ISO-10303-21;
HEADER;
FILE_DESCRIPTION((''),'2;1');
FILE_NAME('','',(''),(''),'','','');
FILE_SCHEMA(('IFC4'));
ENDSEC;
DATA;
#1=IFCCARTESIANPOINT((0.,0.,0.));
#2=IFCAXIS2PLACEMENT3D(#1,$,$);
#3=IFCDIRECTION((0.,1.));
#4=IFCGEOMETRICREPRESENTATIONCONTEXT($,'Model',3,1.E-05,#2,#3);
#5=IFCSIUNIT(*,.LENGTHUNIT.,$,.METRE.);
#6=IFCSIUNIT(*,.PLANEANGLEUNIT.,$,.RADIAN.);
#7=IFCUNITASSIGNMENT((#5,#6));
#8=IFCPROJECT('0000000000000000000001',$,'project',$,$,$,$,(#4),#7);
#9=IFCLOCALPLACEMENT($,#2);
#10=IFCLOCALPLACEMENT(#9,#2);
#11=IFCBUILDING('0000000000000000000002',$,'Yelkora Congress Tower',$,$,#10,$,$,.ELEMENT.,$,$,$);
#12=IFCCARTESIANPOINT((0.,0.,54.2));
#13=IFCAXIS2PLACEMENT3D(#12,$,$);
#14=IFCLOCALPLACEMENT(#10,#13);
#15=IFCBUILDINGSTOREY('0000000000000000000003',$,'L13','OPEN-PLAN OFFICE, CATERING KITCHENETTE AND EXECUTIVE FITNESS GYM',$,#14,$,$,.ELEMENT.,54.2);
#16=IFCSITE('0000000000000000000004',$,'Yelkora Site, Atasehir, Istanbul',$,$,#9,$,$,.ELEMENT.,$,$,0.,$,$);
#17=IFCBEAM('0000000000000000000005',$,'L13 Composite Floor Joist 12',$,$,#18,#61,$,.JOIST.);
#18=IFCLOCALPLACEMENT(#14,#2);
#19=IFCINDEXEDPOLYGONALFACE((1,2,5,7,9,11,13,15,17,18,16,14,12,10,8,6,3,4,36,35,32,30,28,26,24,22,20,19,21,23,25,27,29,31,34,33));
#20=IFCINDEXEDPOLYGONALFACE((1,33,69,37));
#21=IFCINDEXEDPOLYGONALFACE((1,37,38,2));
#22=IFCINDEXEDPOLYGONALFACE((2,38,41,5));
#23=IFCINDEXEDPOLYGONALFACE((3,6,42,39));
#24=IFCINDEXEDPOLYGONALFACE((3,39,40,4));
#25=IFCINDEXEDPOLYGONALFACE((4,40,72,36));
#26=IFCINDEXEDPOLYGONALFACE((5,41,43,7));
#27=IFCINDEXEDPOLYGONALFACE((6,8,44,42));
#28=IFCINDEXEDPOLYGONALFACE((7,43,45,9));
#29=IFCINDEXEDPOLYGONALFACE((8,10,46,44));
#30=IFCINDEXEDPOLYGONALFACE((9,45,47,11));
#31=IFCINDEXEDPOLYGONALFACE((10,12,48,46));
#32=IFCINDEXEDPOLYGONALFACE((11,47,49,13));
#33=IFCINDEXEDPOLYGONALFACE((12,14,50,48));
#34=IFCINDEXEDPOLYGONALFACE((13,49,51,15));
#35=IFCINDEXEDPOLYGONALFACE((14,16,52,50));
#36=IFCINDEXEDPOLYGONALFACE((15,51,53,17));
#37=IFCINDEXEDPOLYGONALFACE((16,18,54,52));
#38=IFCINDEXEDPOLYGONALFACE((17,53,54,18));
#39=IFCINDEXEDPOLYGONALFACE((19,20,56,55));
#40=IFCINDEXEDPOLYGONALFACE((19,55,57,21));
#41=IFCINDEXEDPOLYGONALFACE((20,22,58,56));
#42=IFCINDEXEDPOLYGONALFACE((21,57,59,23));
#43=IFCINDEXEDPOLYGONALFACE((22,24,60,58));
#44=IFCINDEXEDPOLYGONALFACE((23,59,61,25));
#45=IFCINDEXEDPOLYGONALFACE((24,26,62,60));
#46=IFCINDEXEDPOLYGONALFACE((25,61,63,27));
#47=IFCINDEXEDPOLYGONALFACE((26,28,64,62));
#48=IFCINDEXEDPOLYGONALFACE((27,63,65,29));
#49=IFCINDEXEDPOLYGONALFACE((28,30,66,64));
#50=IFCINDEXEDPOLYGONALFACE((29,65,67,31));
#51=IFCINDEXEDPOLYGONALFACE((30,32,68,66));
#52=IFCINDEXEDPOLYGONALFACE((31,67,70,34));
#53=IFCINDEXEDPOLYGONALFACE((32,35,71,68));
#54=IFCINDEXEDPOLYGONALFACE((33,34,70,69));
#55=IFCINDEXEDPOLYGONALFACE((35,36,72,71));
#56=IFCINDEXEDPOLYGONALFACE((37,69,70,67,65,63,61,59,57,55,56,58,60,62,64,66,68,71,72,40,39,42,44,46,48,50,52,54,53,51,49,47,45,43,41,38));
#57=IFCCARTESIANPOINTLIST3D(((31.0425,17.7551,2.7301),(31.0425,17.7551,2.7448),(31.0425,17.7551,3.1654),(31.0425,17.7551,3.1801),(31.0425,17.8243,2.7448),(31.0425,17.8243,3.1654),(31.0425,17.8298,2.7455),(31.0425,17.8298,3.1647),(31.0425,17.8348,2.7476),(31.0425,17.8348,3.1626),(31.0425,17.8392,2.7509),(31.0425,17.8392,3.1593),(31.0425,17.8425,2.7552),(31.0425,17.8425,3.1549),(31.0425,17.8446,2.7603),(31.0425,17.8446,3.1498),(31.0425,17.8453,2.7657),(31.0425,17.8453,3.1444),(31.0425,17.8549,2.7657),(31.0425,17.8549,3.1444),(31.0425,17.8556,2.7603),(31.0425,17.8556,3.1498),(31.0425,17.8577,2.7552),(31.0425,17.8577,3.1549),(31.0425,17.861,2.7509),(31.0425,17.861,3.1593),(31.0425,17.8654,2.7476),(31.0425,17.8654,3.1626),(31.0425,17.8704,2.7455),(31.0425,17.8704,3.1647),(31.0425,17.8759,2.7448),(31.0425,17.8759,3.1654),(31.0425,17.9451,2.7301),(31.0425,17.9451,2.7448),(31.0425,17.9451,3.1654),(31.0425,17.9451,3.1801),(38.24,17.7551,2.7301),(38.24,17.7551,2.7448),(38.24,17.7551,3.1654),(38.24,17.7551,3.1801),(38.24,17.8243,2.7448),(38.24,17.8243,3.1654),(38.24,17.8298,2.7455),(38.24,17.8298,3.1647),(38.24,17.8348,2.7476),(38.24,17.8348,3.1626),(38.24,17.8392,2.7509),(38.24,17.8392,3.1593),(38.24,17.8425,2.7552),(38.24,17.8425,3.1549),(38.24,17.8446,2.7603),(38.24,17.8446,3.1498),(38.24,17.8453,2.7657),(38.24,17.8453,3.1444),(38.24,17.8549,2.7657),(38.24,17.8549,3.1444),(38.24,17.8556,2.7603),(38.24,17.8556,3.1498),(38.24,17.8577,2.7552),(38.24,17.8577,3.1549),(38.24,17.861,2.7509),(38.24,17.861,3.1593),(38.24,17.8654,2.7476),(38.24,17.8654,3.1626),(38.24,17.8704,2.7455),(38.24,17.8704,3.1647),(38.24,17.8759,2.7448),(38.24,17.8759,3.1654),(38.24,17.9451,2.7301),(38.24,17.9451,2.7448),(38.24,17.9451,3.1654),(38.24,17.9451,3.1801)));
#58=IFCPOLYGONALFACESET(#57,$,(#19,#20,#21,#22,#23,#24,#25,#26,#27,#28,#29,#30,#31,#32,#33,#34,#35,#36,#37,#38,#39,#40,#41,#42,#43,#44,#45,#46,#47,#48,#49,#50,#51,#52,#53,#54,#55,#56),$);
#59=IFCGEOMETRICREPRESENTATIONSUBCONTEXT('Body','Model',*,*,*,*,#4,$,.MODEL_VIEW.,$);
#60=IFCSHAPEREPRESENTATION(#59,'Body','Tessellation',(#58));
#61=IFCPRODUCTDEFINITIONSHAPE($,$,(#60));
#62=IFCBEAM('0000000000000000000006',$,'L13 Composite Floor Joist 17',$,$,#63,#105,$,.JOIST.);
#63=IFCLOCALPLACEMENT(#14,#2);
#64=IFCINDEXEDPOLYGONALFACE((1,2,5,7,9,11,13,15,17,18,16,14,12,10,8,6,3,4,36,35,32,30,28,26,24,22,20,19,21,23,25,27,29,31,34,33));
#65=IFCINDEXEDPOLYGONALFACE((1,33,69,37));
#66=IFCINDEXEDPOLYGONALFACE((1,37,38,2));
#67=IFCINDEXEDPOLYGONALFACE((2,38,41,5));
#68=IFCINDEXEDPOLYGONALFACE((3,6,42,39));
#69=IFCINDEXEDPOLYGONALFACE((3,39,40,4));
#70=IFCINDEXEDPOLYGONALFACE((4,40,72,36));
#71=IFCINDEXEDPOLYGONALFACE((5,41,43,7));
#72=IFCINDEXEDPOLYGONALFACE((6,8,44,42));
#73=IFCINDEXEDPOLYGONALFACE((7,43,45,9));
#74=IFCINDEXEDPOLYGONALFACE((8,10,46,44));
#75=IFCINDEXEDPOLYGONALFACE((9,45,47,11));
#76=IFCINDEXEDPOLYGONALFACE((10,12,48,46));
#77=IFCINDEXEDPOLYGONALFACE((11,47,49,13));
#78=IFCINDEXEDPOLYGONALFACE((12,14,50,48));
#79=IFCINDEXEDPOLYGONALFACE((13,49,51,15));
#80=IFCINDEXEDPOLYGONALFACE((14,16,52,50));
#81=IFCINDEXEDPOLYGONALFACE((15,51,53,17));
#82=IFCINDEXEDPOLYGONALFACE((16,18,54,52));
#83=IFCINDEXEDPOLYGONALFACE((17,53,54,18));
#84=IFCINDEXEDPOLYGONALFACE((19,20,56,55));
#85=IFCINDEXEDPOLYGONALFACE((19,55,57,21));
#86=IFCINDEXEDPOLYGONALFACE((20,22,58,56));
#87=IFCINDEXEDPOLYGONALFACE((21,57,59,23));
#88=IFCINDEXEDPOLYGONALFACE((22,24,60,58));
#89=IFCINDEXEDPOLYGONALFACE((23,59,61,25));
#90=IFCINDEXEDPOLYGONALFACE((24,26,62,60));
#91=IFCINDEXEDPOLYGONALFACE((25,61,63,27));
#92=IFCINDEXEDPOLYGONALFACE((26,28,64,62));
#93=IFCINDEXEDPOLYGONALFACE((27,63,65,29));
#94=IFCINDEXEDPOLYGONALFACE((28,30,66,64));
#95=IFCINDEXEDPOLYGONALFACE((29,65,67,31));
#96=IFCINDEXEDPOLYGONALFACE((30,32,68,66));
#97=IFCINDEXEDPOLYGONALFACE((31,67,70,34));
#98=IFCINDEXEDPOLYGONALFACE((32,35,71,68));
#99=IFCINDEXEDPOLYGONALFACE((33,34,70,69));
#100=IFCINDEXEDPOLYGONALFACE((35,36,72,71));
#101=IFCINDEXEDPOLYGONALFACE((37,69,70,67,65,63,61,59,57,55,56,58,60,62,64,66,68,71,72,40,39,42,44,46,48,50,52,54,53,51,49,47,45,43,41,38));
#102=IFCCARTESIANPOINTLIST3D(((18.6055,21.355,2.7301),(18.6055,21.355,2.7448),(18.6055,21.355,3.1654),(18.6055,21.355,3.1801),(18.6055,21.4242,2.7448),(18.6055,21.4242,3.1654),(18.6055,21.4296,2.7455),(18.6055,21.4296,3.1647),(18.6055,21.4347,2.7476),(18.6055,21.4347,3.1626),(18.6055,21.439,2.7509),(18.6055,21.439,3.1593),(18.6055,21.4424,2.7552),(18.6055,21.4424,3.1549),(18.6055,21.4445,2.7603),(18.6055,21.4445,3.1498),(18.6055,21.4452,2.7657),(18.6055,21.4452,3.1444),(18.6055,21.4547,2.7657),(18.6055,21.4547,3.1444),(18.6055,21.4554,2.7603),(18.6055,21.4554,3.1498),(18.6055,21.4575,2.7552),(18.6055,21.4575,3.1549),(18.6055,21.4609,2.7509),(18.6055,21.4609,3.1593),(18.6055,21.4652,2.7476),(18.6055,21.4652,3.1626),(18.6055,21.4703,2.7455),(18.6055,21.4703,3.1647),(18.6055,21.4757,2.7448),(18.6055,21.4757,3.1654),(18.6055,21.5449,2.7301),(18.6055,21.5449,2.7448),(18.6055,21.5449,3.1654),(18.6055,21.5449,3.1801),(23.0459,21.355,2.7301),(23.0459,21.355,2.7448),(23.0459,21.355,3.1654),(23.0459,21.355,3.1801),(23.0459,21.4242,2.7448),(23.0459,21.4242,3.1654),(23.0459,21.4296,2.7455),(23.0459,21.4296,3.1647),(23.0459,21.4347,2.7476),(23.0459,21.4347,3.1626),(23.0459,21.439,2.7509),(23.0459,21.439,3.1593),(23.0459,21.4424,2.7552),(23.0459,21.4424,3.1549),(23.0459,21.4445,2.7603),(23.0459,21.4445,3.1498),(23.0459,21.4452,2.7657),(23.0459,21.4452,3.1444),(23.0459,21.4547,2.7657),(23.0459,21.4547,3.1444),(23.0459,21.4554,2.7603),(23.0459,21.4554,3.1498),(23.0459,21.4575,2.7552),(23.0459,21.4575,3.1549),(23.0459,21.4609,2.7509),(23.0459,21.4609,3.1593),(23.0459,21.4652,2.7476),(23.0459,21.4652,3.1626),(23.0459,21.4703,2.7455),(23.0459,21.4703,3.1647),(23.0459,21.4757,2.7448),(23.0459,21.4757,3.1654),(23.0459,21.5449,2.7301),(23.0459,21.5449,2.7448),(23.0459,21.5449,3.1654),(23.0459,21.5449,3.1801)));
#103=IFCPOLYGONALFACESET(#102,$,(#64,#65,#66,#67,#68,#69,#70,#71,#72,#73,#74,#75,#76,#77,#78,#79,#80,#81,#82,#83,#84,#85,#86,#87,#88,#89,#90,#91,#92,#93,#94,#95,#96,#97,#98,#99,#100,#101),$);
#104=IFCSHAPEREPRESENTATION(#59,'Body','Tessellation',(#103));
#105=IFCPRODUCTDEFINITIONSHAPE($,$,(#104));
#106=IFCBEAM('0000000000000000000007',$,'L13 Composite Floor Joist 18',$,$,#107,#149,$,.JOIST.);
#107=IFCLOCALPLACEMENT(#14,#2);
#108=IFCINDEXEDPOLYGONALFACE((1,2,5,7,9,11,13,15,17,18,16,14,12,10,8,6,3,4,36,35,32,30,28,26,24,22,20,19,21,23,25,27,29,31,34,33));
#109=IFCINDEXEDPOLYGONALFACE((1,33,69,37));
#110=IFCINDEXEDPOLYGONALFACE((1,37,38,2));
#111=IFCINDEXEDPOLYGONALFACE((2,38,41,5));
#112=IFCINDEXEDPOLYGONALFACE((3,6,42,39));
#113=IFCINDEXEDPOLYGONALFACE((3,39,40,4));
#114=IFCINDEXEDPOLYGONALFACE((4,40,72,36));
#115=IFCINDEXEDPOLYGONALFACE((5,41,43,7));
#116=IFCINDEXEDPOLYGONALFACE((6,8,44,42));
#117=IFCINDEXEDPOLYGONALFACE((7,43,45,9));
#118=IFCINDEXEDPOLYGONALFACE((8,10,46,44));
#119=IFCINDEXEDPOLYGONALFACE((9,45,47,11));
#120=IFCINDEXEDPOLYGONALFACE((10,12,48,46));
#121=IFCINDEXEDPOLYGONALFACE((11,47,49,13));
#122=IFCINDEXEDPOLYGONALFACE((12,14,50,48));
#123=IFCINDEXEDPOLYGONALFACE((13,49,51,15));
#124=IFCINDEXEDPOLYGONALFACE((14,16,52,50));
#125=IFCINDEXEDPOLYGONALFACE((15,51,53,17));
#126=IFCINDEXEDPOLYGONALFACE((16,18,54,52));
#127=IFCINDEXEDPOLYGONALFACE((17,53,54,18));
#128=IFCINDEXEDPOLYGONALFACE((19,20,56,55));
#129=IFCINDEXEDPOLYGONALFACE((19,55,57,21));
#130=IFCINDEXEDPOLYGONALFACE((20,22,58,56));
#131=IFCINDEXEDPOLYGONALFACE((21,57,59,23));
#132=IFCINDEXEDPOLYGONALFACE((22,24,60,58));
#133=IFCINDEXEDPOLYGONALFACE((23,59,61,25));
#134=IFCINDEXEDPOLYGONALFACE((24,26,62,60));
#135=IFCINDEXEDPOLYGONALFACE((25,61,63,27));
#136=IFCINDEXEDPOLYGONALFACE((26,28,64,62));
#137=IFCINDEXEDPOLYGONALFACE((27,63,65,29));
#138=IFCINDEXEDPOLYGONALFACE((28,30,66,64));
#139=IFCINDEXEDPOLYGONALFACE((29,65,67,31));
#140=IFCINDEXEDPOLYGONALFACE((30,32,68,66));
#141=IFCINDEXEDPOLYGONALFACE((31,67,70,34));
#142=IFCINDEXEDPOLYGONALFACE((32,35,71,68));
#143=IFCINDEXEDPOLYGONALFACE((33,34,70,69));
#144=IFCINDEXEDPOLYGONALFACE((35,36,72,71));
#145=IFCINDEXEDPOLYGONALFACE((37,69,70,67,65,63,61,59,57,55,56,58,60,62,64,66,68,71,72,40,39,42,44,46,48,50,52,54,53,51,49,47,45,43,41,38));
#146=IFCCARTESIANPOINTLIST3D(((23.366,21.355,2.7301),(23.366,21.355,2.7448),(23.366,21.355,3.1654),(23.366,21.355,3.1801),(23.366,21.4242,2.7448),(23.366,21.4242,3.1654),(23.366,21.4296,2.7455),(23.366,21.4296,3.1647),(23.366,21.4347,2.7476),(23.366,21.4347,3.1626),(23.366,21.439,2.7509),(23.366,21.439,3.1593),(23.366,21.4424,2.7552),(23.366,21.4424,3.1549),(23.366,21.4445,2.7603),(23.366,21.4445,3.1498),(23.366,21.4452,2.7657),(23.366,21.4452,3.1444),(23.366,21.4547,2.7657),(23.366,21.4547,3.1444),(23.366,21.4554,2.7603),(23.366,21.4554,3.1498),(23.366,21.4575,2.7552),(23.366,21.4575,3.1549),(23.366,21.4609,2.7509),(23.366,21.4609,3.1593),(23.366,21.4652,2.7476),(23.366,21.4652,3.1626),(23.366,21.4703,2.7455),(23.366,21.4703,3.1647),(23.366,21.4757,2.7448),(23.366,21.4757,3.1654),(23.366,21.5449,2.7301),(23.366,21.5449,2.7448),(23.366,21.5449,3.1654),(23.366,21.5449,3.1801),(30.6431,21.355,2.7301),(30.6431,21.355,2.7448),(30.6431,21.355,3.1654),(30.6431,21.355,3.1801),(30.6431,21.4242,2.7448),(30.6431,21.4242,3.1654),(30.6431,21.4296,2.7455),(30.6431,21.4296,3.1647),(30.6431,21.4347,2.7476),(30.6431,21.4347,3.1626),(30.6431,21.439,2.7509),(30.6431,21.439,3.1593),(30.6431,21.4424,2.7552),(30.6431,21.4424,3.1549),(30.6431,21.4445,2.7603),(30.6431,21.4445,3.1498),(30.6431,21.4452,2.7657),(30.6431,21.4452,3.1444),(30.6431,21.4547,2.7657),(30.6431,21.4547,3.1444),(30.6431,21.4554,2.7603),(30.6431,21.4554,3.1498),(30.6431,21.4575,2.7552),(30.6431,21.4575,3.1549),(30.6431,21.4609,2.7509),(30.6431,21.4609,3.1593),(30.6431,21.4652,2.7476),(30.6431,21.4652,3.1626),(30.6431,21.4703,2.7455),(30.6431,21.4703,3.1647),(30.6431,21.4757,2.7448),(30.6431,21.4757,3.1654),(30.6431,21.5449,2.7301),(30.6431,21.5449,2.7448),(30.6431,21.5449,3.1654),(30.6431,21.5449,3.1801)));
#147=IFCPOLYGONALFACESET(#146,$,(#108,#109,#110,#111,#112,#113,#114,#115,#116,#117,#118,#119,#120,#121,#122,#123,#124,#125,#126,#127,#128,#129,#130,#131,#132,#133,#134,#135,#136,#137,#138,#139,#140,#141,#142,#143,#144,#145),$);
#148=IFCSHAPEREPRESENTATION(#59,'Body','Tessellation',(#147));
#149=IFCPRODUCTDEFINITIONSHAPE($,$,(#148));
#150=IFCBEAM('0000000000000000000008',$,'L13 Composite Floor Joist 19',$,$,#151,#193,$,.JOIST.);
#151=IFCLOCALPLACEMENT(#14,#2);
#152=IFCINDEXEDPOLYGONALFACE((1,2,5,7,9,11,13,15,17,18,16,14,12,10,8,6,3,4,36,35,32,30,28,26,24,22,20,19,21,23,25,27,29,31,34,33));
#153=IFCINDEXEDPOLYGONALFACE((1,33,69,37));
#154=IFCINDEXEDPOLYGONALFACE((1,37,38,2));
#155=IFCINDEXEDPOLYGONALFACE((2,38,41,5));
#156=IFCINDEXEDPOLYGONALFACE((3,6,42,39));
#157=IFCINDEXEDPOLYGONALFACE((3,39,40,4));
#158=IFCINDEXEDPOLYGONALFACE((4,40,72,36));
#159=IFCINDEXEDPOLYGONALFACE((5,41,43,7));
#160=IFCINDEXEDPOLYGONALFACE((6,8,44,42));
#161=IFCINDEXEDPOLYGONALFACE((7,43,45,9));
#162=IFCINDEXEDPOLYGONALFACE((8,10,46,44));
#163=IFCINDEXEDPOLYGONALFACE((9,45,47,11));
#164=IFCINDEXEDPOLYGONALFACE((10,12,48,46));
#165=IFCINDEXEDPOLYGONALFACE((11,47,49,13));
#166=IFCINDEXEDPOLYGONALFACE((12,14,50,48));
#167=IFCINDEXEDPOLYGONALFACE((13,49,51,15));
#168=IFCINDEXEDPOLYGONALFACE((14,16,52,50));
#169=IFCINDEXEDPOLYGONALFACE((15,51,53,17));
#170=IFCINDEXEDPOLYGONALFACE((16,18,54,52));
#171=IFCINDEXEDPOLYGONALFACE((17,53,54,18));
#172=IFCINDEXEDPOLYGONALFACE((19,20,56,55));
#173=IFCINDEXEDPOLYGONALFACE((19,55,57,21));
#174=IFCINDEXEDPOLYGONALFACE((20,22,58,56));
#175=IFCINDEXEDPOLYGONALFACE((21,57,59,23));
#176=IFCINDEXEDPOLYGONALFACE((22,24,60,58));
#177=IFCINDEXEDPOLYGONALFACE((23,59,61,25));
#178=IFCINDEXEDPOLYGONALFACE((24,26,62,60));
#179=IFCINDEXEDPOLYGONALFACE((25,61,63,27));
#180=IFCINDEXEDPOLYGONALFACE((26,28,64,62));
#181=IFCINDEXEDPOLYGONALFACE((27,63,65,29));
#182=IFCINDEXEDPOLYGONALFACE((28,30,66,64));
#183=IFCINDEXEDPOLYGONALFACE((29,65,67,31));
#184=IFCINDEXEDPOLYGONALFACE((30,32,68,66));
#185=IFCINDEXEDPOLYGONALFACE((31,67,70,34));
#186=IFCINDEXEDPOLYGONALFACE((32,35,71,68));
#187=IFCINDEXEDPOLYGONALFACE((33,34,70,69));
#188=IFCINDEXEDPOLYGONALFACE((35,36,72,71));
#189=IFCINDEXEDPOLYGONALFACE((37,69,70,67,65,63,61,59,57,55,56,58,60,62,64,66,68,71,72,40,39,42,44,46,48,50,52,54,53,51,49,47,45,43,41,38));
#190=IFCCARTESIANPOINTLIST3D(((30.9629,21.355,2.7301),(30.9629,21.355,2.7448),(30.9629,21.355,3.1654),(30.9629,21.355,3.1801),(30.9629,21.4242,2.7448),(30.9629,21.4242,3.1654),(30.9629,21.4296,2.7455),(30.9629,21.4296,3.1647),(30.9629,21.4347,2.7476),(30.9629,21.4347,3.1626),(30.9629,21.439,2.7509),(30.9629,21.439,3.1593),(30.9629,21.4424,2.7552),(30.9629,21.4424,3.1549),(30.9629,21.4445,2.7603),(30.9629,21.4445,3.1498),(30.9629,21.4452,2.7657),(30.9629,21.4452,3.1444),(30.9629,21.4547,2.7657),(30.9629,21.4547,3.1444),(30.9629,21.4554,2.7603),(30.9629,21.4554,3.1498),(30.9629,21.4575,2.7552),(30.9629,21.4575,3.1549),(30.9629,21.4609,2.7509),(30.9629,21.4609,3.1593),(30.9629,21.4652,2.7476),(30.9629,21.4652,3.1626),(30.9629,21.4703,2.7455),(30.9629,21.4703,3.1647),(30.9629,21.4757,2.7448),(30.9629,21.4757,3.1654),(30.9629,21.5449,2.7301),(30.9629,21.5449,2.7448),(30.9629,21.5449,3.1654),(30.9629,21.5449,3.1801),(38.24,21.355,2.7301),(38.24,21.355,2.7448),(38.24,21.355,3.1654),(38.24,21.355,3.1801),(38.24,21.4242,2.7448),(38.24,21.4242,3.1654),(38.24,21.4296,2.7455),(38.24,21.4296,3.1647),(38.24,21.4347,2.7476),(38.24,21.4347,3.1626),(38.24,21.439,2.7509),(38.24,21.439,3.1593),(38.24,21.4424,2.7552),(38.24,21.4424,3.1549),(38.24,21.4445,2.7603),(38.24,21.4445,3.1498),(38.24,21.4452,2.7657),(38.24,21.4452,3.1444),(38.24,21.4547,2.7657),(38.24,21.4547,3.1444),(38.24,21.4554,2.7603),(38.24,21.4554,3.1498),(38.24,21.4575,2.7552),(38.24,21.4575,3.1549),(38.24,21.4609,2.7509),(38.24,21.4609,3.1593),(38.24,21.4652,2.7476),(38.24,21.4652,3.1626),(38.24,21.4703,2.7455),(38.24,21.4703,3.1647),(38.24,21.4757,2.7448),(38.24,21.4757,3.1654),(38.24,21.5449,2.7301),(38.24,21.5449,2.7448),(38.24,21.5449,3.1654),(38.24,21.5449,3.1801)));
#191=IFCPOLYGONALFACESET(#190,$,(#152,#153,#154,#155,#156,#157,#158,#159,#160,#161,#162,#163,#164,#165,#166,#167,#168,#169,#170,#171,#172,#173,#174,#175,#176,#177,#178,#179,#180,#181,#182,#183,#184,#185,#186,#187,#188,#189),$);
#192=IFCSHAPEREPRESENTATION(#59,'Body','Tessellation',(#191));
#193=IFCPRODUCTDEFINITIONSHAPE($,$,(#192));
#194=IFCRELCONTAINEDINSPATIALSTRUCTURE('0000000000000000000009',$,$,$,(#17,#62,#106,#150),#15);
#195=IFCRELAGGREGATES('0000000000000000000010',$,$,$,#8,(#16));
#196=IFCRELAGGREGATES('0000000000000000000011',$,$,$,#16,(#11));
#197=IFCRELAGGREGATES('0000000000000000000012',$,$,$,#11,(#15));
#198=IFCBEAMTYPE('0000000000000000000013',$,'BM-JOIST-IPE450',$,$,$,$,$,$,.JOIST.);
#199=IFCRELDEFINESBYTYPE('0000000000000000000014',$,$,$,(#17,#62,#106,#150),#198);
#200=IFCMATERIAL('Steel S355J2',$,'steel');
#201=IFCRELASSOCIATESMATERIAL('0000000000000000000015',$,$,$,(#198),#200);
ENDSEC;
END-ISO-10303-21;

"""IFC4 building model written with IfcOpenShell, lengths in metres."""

from ifc_helpers import new_model, si_unit, direction, frame, origin, origin_2d, place, context, subcontext, project, spatial, i_section, extrude, material, material_profile, profile_set, type_object, element, save


model = new_model("IFC4")

# Units and contexts
model_context = context("Model", 3, precision=1e-05, world=origin(), true_north=direction((0.0, 1.0)))
body_context = subcontext(model_context, "Body", "Model", "MODEL_VIEW")
ifc_project = project(units=[si_unit("LENGTHUNIT", "METRE"), si_unit("PLANEANGLEUNIT", "RADIAN")], contexts=[model_context])

# Site, building, storey
site_placement = place(None, origin())
site = spatial("IfcSite", under=ifc_project, at=site_placement, Name="Yelkora Site, Atasehir, Istanbul", CompositionType="ELEMENT", RefElevation=0.0)
building_placement = place(site_placement, origin())
building = spatial("IfcBuilding", under=site, at=building_placement, Name="Yelkora Congress Tower", CompositionType="ELEMENT")
storey_placement = place(building_placement, frame((0.0, 0.0, 54.2)))
storey = spatial("IfcBuildingStorey", under=building, at=storey_placement, Name="L13", Description="OPEN-PLAN OFFICE, CATERING KITCHENETTE AND EXECUTIVE FITNESS GYM", CompositionType="ELEMENT", Elevation=54.2)

# Beams
ifc_material_1 = material(Name="Steel S355J2", Category="steel")
ifc_material_profile_1 = material_profile(ifc_material_1, i_section(OverallWidth=0.1899, OverallDepth=0.45, WebThickness=0.0095, FlangeThickness=0.0146, FilletRadius=0.021, at=origin_2d()), Name="IPE 450")
ifc_profile_set_1 = profile_set([ifc_material_profile_1], Name="Steel S355J2")
beam_type_1 = type_object("IfcBeamType", Name="BM-JOIST-IPE450", PredefinedType="JOIST", material=ifc_profile_set_1)
for number, where, z_axis, x_axis, name in (
    (1, (31.0425, 17.8501, 2.9551), (1.0, 0.0, 0.0), (0.0, 1.0, 0.0), "L13 Composite Floor Joist 12"),
):
    element("IfcBeam", number, at=place(storey_placement, frame(where, z_axis=z_axis, x_axis=x_axis)), inside=storey, type_object=beam_type_1, Name=name, PredefinedType="JOIST", context=body_context, shape_type="SweptSolid", body=[
        extrude(i_section(OverallWidth=0.1899, OverallDepth=0.45, WebThickness=0.0095, FlangeThickness=0.0146, FilletRadius=0.021, at=origin_2d()), origin(), (0.0, 0.0, 1.0), 7.1975),
    ])
beam_1_placement = place(storey_placement, frame((18.6055, 21.45, 2.9551), z_axis=(1.0, 0.0, 0.0), x_axis=(0.0, 1.0, 0.0)))
element("IfcBeam", 2, at=beam_1_placement, inside=storey, type_object=beam_type_1, Name="L13 Composite Floor Joist 17", PredefinedType="JOIST", context=body_context, shape_type="SweptSolid", body=[
    extrude(i_section(OverallWidth=0.1899, OverallDepth=0.45, WebThickness=0.0095, FlangeThickness=0.0146, FilletRadius=0.021, at=origin_2d()), origin(), (0.0, 0.0, 1.0), 4.4404),
])
for number, where, z_axis, x_axis, name in (
    (3, (23.366, 21.45, 2.9551), (1.0, 0.0, 0.0), (0.0, 1.0, 0.0), "L13 Composite Floor Joist 18"),
    (4, (30.9629, 21.45, 2.9551), (1.0, 0.0, 0.0), (0.0, 1.0, 0.0), "L13 Composite Floor Joist 19"),
):
    element("IfcBeam", number, at=place(storey_placement, frame(where, z_axis=z_axis, x_axis=x_axis)), inside=storey, type_object=beam_type_1, Name=name, PredefinedType="JOIST", context=body_context, shape_type="SweptSolid", body=[
        extrude(i_section(OverallWidth=0.1899, OverallDepth=0.45, WebThickness=0.0095, FlangeThickness=0.0146, FilletRadius=0.021, at=origin_2d()), origin(), (0.0, 0.0, 1.0), 7.2771),
    ])

save(model, "model.ifc")
